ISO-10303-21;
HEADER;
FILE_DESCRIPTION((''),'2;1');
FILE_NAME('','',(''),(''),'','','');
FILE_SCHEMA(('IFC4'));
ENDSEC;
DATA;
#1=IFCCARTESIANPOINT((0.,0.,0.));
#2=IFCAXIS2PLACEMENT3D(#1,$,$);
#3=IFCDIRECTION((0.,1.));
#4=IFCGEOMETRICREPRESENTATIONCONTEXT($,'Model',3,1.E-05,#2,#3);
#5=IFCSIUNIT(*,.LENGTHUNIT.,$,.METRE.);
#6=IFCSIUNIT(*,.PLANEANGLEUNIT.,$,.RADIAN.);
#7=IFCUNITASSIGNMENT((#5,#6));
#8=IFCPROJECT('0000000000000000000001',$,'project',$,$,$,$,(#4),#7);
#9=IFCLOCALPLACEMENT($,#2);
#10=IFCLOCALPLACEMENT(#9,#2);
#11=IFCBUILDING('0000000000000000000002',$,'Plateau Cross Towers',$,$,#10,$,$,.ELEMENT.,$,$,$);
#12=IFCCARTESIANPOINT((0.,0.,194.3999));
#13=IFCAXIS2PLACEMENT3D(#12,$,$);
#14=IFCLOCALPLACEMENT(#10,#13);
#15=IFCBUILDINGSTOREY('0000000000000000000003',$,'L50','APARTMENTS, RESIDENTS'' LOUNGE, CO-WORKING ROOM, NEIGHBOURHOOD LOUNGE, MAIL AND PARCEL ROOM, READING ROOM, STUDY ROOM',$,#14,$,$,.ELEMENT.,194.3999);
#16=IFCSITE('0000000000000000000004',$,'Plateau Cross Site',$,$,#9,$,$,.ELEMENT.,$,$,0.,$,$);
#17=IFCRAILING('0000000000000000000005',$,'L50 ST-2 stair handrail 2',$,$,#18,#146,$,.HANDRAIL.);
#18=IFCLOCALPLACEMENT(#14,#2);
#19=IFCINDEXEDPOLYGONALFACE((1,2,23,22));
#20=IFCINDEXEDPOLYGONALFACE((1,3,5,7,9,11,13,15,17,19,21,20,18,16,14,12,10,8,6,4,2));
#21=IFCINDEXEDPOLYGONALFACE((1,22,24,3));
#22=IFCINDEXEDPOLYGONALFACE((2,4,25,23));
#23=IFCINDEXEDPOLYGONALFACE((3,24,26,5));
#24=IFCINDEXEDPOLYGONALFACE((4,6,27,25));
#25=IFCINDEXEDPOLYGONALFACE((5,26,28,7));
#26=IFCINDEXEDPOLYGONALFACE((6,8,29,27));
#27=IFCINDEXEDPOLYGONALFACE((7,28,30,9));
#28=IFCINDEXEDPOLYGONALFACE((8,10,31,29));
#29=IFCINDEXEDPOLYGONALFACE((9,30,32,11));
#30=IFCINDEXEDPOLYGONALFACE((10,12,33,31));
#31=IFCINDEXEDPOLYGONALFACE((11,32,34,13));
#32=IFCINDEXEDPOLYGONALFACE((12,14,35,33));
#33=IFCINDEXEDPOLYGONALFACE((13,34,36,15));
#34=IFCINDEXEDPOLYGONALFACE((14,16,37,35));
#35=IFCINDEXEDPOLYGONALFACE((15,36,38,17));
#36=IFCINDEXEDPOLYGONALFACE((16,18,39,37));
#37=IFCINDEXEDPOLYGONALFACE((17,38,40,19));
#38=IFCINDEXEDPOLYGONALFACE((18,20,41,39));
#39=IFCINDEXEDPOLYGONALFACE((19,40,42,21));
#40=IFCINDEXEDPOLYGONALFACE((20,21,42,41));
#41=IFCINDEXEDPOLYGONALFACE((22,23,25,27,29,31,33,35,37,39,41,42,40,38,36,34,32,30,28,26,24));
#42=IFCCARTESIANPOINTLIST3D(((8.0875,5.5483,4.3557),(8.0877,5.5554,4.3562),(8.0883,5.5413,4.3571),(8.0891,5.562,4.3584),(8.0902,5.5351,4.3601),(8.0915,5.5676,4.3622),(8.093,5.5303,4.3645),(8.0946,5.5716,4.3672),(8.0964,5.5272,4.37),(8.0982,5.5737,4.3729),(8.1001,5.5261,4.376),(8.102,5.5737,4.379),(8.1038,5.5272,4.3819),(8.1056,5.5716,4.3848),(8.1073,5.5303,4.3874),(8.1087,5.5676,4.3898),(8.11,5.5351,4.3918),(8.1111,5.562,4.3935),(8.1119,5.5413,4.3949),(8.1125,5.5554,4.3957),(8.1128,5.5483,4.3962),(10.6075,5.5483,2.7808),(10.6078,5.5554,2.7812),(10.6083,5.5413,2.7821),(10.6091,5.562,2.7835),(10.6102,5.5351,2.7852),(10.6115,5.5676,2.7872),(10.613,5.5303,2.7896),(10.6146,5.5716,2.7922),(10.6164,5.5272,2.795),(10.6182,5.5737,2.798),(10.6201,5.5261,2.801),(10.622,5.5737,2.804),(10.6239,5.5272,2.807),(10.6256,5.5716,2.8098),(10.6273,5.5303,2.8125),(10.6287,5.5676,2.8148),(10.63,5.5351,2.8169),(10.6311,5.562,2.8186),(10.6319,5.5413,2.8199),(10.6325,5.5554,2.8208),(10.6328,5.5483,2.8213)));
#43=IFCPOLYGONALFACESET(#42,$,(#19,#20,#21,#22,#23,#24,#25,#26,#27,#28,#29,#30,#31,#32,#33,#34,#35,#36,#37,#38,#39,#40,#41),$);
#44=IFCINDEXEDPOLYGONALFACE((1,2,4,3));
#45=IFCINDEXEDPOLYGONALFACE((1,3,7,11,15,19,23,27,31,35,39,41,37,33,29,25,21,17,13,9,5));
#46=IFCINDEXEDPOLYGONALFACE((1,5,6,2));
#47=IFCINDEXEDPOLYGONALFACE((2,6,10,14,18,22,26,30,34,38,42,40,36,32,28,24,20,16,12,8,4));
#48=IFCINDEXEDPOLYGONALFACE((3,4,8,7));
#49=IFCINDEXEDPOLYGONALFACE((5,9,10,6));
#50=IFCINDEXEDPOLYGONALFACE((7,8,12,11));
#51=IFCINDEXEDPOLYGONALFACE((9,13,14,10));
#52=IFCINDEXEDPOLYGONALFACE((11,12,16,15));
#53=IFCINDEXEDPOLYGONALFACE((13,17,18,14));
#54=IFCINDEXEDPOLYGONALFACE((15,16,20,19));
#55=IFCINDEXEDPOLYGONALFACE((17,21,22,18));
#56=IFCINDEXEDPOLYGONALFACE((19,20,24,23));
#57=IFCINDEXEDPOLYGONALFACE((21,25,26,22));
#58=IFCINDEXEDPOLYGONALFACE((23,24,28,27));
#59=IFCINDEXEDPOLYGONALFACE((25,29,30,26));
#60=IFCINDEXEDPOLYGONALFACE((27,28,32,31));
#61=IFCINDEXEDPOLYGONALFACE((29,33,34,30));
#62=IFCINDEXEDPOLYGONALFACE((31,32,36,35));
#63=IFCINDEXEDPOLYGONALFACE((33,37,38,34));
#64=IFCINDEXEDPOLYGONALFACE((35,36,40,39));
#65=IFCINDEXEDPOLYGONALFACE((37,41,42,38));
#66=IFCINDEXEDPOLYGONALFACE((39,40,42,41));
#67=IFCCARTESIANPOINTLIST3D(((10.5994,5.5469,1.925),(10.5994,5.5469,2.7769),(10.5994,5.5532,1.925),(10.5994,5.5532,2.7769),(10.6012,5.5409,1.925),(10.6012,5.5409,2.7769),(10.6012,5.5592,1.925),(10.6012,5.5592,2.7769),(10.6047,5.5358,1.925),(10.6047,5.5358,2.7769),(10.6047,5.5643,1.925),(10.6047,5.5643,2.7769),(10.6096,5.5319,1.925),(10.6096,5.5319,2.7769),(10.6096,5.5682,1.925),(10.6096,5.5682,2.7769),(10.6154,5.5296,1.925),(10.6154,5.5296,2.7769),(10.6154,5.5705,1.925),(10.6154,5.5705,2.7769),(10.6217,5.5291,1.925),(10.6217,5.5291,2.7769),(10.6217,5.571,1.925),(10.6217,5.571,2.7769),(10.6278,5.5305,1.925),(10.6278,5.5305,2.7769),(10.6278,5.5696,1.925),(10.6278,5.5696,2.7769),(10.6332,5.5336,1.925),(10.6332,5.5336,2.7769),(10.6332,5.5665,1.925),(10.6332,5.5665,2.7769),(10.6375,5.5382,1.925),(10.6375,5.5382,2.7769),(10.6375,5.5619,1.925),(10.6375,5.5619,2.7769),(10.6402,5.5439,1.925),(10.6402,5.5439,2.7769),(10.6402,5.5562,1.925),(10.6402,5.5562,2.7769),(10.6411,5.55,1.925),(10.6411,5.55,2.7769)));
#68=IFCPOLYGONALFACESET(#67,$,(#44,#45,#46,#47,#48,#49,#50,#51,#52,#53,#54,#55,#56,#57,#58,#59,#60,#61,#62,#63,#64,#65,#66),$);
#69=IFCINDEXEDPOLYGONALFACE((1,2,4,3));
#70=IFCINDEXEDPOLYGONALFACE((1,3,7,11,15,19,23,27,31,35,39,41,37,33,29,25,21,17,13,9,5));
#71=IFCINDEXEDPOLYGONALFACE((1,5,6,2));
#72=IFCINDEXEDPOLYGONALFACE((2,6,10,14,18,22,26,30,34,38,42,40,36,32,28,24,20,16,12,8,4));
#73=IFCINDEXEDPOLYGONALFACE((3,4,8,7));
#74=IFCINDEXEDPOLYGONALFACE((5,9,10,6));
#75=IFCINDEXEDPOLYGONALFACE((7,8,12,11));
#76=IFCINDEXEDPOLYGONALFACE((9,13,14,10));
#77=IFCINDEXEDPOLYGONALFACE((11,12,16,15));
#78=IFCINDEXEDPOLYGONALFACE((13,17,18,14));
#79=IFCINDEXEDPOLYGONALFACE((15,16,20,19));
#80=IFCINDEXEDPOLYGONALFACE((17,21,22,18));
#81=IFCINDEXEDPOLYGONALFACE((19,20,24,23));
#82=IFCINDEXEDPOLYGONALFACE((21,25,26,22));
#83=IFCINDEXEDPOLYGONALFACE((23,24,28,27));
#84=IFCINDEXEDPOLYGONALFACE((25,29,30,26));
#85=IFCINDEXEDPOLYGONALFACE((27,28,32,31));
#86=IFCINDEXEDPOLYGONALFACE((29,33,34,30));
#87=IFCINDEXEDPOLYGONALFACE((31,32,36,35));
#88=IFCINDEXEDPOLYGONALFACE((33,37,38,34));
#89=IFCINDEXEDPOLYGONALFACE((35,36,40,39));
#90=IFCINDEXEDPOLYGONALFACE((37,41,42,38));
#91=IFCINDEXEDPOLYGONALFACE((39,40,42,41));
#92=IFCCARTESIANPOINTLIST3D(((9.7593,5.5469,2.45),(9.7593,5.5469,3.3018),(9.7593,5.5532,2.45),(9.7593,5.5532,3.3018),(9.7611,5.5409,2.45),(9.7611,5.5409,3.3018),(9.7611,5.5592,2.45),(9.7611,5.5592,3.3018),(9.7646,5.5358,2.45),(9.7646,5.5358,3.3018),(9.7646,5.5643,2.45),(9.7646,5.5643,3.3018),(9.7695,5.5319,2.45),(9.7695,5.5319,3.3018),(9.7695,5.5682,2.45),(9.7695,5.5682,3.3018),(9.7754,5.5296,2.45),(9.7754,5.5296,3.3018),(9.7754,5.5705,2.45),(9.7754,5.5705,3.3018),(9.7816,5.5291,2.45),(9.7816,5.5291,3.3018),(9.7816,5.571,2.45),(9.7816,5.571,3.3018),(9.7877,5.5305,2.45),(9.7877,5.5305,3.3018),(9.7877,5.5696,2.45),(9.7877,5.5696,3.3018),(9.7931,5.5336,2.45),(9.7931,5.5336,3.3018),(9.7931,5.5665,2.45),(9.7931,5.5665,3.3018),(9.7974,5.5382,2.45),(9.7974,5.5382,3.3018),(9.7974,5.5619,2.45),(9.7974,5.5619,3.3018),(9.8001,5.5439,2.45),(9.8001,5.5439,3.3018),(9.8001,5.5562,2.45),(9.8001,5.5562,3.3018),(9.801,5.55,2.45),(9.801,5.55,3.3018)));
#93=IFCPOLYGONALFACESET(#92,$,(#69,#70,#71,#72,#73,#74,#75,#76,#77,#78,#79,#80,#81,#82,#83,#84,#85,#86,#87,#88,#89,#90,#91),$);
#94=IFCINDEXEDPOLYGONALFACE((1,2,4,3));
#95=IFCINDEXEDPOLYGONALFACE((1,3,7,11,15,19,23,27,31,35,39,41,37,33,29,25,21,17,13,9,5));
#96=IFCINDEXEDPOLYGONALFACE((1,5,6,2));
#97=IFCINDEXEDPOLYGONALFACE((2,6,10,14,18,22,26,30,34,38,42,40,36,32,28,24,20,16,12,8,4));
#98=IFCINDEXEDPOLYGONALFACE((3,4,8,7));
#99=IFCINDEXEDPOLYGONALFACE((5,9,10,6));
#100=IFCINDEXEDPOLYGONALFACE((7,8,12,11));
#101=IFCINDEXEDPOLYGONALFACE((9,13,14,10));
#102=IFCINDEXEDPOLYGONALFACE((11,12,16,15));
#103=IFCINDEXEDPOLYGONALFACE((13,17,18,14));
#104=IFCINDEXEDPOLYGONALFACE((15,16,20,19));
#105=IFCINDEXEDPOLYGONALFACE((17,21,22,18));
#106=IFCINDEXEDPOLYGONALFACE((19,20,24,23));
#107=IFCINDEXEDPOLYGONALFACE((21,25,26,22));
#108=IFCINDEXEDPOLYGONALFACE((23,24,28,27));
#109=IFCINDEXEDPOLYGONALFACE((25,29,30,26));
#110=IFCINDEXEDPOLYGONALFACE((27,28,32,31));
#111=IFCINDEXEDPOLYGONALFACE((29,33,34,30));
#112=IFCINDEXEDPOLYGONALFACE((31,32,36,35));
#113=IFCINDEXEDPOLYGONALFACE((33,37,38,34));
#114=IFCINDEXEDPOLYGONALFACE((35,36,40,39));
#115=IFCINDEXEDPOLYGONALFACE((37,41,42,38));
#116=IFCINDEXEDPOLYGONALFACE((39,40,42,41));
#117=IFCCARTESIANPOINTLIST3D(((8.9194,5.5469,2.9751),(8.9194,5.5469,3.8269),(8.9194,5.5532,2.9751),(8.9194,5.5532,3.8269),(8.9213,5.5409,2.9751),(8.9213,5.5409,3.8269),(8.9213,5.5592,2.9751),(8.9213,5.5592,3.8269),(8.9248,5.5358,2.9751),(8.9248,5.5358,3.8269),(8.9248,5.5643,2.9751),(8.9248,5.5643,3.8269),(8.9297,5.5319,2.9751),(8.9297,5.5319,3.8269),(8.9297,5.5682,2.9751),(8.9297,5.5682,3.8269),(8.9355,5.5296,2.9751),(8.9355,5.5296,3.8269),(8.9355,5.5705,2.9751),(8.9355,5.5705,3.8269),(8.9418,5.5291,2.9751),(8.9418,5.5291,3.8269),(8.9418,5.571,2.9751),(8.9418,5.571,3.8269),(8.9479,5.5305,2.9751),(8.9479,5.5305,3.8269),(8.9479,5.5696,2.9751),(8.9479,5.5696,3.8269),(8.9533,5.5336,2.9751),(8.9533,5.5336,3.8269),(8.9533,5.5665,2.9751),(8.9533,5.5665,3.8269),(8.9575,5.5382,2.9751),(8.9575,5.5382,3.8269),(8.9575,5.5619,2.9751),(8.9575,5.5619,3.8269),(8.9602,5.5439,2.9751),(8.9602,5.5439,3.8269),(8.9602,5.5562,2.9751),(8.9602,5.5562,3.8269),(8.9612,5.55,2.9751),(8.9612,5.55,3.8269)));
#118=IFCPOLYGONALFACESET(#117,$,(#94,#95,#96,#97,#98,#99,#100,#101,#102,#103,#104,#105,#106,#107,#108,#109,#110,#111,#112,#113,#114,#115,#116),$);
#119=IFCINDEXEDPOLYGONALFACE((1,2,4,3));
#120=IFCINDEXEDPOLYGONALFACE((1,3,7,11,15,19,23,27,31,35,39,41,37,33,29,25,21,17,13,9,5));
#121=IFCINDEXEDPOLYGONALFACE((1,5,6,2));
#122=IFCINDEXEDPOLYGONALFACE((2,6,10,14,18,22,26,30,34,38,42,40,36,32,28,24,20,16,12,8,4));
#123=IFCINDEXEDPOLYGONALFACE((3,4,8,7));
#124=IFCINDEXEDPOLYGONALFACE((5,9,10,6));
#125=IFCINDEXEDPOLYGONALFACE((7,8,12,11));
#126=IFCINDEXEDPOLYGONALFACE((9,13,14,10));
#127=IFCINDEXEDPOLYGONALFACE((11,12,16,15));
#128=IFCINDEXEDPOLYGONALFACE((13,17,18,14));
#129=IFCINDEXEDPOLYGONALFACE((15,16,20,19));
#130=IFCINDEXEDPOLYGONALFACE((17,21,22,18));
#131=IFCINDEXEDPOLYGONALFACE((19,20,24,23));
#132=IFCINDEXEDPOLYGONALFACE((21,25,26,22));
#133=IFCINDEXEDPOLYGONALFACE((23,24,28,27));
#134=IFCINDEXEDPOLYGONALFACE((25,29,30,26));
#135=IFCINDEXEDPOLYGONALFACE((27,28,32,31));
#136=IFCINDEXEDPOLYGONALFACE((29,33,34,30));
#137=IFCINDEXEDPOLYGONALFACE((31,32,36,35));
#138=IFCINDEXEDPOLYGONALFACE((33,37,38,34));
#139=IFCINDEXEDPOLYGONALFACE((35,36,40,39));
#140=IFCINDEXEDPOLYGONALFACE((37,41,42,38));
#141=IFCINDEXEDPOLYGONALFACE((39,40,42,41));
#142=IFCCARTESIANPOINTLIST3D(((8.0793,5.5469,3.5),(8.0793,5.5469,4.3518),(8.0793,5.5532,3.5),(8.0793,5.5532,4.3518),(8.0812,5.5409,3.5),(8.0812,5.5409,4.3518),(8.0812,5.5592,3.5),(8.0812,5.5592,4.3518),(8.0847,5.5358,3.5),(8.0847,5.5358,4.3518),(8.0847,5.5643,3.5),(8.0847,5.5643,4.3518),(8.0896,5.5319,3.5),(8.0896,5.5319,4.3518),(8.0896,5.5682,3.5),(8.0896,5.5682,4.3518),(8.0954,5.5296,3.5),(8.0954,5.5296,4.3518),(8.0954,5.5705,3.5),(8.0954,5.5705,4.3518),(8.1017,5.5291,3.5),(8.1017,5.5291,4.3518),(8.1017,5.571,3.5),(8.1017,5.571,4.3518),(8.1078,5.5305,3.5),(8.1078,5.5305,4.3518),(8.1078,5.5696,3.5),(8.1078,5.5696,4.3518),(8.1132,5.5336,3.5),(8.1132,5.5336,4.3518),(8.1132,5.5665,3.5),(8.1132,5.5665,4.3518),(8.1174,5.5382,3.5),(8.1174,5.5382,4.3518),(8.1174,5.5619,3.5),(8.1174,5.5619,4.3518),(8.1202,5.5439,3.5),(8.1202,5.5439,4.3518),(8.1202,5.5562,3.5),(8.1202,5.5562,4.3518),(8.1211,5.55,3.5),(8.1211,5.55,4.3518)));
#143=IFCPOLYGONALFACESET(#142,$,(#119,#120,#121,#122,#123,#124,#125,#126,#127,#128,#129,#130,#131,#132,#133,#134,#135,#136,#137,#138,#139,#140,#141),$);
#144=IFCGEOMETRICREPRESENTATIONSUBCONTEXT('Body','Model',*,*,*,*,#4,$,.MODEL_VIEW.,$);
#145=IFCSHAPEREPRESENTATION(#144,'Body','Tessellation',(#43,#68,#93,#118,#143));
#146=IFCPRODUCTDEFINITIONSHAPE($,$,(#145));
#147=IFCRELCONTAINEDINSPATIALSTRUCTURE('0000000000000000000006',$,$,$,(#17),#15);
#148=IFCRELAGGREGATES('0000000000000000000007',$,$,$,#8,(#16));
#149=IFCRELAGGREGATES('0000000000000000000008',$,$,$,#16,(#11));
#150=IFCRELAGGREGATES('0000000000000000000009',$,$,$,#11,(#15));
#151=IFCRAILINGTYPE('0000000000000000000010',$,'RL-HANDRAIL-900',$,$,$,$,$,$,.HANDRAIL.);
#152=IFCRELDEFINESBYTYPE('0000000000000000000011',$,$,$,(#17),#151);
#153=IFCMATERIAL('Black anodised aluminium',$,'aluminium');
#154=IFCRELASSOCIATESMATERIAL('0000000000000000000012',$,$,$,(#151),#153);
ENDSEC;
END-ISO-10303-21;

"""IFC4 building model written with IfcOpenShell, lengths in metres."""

from ifc_helpers import new_model, si_unit, direction, frame, origin, origin_2d, place, context, subcontext, project, spatial, circle, extrude, material, type_object, element, save


model = new_model("IFC4")

# Units and contexts
model_context = context("Model", 3, precision=1e-05, world=origin(), true_north=direction((0.0, 1.0)))
body_context = subcontext(model_context, "Body", "Model", "MODEL_VIEW")
ifc_project = project(units=[si_unit("LENGTHUNIT", "METRE"), si_unit("PLANEANGLEUNIT", "RADIAN")], contexts=[model_context])

# Site, building, storey
site_placement = place(None, origin())
site = spatial("IfcSite", under=ifc_project, at=site_placement, Name="Plateau Cross Site", CompositionType="ELEMENT", RefElevation=0.0)
building_placement = place(site_placement, origin())
building = spatial("IfcBuilding", under=site, at=building_placement, Name="Plateau Cross Towers", CompositionType="ELEMENT")
storey_placement = place(building_placement, frame((0.0, 0.0, 194.3999)))
storey = spatial("IfcBuildingStorey", under=building, at=storey_placement, Name="L50", Description="APARTMENTS, RESIDENTS' LOUNGE, CO-WORKING ROOM, NEIGHBOURHOOD LOUNGE, MAIL AND PARCEL ROOM, READING ROOM, STUDY ROOM", CompositionType="ELEMENT", Elevation=194.3999)

# Railing
ifc_material_1 = material(Name="Black anodised aluminium", Category="aluminium")
railing_type = type_object("IfcRailingType", Name="RL-HANDRAIL-900", PredefinedType="HANDRAIL", material=ifc_material_1)
railing_1_placement = place(storey_placement, frame((10.6201, 5.55, 1.925)))
element("IfcRailing", 1, at=railing_1_placement, inside=storey, type_object=railing_type, Name="L50 ST-2 stair handrail 2", PredefinedType="HANDRAIL", context=body_context, shape_type="SweptSolid", body=[
    extrude(circle(Radius=0.0239, at=origin_2d()), frame((0.0, 0.0, 0.876), z_axis=(-0.848008, 0.0, 0.529984), x_axis=(0.0, -1.0, 0.0)), (0.0, 0.0, 1.0), 2.9717),
    extrude(circle(Radius=0.021, at=origin_2d()), origin(), (0.0, 0.0, 1.0), 0.8518),
    extrude(circle(Radius=0.021, at=origin_2d()), frame((-0.8401, 0.0, 0.5249)), (0.0, 0.0, 1.0), 0.8518),
    extrude(circle(Radius=0.021, at=origin_2d()), frame((-1.6799, 0.0, 1.05)), (0.0, 0.0, 1.0), 0.8518),
    extrude(circle(Radius=0.021, at=origin_2d()), frame((-2.52, 0.0, 1.575)), (0.0, 0.0, 1.0), 0.8518),
])

save(model, "model.ifc")
